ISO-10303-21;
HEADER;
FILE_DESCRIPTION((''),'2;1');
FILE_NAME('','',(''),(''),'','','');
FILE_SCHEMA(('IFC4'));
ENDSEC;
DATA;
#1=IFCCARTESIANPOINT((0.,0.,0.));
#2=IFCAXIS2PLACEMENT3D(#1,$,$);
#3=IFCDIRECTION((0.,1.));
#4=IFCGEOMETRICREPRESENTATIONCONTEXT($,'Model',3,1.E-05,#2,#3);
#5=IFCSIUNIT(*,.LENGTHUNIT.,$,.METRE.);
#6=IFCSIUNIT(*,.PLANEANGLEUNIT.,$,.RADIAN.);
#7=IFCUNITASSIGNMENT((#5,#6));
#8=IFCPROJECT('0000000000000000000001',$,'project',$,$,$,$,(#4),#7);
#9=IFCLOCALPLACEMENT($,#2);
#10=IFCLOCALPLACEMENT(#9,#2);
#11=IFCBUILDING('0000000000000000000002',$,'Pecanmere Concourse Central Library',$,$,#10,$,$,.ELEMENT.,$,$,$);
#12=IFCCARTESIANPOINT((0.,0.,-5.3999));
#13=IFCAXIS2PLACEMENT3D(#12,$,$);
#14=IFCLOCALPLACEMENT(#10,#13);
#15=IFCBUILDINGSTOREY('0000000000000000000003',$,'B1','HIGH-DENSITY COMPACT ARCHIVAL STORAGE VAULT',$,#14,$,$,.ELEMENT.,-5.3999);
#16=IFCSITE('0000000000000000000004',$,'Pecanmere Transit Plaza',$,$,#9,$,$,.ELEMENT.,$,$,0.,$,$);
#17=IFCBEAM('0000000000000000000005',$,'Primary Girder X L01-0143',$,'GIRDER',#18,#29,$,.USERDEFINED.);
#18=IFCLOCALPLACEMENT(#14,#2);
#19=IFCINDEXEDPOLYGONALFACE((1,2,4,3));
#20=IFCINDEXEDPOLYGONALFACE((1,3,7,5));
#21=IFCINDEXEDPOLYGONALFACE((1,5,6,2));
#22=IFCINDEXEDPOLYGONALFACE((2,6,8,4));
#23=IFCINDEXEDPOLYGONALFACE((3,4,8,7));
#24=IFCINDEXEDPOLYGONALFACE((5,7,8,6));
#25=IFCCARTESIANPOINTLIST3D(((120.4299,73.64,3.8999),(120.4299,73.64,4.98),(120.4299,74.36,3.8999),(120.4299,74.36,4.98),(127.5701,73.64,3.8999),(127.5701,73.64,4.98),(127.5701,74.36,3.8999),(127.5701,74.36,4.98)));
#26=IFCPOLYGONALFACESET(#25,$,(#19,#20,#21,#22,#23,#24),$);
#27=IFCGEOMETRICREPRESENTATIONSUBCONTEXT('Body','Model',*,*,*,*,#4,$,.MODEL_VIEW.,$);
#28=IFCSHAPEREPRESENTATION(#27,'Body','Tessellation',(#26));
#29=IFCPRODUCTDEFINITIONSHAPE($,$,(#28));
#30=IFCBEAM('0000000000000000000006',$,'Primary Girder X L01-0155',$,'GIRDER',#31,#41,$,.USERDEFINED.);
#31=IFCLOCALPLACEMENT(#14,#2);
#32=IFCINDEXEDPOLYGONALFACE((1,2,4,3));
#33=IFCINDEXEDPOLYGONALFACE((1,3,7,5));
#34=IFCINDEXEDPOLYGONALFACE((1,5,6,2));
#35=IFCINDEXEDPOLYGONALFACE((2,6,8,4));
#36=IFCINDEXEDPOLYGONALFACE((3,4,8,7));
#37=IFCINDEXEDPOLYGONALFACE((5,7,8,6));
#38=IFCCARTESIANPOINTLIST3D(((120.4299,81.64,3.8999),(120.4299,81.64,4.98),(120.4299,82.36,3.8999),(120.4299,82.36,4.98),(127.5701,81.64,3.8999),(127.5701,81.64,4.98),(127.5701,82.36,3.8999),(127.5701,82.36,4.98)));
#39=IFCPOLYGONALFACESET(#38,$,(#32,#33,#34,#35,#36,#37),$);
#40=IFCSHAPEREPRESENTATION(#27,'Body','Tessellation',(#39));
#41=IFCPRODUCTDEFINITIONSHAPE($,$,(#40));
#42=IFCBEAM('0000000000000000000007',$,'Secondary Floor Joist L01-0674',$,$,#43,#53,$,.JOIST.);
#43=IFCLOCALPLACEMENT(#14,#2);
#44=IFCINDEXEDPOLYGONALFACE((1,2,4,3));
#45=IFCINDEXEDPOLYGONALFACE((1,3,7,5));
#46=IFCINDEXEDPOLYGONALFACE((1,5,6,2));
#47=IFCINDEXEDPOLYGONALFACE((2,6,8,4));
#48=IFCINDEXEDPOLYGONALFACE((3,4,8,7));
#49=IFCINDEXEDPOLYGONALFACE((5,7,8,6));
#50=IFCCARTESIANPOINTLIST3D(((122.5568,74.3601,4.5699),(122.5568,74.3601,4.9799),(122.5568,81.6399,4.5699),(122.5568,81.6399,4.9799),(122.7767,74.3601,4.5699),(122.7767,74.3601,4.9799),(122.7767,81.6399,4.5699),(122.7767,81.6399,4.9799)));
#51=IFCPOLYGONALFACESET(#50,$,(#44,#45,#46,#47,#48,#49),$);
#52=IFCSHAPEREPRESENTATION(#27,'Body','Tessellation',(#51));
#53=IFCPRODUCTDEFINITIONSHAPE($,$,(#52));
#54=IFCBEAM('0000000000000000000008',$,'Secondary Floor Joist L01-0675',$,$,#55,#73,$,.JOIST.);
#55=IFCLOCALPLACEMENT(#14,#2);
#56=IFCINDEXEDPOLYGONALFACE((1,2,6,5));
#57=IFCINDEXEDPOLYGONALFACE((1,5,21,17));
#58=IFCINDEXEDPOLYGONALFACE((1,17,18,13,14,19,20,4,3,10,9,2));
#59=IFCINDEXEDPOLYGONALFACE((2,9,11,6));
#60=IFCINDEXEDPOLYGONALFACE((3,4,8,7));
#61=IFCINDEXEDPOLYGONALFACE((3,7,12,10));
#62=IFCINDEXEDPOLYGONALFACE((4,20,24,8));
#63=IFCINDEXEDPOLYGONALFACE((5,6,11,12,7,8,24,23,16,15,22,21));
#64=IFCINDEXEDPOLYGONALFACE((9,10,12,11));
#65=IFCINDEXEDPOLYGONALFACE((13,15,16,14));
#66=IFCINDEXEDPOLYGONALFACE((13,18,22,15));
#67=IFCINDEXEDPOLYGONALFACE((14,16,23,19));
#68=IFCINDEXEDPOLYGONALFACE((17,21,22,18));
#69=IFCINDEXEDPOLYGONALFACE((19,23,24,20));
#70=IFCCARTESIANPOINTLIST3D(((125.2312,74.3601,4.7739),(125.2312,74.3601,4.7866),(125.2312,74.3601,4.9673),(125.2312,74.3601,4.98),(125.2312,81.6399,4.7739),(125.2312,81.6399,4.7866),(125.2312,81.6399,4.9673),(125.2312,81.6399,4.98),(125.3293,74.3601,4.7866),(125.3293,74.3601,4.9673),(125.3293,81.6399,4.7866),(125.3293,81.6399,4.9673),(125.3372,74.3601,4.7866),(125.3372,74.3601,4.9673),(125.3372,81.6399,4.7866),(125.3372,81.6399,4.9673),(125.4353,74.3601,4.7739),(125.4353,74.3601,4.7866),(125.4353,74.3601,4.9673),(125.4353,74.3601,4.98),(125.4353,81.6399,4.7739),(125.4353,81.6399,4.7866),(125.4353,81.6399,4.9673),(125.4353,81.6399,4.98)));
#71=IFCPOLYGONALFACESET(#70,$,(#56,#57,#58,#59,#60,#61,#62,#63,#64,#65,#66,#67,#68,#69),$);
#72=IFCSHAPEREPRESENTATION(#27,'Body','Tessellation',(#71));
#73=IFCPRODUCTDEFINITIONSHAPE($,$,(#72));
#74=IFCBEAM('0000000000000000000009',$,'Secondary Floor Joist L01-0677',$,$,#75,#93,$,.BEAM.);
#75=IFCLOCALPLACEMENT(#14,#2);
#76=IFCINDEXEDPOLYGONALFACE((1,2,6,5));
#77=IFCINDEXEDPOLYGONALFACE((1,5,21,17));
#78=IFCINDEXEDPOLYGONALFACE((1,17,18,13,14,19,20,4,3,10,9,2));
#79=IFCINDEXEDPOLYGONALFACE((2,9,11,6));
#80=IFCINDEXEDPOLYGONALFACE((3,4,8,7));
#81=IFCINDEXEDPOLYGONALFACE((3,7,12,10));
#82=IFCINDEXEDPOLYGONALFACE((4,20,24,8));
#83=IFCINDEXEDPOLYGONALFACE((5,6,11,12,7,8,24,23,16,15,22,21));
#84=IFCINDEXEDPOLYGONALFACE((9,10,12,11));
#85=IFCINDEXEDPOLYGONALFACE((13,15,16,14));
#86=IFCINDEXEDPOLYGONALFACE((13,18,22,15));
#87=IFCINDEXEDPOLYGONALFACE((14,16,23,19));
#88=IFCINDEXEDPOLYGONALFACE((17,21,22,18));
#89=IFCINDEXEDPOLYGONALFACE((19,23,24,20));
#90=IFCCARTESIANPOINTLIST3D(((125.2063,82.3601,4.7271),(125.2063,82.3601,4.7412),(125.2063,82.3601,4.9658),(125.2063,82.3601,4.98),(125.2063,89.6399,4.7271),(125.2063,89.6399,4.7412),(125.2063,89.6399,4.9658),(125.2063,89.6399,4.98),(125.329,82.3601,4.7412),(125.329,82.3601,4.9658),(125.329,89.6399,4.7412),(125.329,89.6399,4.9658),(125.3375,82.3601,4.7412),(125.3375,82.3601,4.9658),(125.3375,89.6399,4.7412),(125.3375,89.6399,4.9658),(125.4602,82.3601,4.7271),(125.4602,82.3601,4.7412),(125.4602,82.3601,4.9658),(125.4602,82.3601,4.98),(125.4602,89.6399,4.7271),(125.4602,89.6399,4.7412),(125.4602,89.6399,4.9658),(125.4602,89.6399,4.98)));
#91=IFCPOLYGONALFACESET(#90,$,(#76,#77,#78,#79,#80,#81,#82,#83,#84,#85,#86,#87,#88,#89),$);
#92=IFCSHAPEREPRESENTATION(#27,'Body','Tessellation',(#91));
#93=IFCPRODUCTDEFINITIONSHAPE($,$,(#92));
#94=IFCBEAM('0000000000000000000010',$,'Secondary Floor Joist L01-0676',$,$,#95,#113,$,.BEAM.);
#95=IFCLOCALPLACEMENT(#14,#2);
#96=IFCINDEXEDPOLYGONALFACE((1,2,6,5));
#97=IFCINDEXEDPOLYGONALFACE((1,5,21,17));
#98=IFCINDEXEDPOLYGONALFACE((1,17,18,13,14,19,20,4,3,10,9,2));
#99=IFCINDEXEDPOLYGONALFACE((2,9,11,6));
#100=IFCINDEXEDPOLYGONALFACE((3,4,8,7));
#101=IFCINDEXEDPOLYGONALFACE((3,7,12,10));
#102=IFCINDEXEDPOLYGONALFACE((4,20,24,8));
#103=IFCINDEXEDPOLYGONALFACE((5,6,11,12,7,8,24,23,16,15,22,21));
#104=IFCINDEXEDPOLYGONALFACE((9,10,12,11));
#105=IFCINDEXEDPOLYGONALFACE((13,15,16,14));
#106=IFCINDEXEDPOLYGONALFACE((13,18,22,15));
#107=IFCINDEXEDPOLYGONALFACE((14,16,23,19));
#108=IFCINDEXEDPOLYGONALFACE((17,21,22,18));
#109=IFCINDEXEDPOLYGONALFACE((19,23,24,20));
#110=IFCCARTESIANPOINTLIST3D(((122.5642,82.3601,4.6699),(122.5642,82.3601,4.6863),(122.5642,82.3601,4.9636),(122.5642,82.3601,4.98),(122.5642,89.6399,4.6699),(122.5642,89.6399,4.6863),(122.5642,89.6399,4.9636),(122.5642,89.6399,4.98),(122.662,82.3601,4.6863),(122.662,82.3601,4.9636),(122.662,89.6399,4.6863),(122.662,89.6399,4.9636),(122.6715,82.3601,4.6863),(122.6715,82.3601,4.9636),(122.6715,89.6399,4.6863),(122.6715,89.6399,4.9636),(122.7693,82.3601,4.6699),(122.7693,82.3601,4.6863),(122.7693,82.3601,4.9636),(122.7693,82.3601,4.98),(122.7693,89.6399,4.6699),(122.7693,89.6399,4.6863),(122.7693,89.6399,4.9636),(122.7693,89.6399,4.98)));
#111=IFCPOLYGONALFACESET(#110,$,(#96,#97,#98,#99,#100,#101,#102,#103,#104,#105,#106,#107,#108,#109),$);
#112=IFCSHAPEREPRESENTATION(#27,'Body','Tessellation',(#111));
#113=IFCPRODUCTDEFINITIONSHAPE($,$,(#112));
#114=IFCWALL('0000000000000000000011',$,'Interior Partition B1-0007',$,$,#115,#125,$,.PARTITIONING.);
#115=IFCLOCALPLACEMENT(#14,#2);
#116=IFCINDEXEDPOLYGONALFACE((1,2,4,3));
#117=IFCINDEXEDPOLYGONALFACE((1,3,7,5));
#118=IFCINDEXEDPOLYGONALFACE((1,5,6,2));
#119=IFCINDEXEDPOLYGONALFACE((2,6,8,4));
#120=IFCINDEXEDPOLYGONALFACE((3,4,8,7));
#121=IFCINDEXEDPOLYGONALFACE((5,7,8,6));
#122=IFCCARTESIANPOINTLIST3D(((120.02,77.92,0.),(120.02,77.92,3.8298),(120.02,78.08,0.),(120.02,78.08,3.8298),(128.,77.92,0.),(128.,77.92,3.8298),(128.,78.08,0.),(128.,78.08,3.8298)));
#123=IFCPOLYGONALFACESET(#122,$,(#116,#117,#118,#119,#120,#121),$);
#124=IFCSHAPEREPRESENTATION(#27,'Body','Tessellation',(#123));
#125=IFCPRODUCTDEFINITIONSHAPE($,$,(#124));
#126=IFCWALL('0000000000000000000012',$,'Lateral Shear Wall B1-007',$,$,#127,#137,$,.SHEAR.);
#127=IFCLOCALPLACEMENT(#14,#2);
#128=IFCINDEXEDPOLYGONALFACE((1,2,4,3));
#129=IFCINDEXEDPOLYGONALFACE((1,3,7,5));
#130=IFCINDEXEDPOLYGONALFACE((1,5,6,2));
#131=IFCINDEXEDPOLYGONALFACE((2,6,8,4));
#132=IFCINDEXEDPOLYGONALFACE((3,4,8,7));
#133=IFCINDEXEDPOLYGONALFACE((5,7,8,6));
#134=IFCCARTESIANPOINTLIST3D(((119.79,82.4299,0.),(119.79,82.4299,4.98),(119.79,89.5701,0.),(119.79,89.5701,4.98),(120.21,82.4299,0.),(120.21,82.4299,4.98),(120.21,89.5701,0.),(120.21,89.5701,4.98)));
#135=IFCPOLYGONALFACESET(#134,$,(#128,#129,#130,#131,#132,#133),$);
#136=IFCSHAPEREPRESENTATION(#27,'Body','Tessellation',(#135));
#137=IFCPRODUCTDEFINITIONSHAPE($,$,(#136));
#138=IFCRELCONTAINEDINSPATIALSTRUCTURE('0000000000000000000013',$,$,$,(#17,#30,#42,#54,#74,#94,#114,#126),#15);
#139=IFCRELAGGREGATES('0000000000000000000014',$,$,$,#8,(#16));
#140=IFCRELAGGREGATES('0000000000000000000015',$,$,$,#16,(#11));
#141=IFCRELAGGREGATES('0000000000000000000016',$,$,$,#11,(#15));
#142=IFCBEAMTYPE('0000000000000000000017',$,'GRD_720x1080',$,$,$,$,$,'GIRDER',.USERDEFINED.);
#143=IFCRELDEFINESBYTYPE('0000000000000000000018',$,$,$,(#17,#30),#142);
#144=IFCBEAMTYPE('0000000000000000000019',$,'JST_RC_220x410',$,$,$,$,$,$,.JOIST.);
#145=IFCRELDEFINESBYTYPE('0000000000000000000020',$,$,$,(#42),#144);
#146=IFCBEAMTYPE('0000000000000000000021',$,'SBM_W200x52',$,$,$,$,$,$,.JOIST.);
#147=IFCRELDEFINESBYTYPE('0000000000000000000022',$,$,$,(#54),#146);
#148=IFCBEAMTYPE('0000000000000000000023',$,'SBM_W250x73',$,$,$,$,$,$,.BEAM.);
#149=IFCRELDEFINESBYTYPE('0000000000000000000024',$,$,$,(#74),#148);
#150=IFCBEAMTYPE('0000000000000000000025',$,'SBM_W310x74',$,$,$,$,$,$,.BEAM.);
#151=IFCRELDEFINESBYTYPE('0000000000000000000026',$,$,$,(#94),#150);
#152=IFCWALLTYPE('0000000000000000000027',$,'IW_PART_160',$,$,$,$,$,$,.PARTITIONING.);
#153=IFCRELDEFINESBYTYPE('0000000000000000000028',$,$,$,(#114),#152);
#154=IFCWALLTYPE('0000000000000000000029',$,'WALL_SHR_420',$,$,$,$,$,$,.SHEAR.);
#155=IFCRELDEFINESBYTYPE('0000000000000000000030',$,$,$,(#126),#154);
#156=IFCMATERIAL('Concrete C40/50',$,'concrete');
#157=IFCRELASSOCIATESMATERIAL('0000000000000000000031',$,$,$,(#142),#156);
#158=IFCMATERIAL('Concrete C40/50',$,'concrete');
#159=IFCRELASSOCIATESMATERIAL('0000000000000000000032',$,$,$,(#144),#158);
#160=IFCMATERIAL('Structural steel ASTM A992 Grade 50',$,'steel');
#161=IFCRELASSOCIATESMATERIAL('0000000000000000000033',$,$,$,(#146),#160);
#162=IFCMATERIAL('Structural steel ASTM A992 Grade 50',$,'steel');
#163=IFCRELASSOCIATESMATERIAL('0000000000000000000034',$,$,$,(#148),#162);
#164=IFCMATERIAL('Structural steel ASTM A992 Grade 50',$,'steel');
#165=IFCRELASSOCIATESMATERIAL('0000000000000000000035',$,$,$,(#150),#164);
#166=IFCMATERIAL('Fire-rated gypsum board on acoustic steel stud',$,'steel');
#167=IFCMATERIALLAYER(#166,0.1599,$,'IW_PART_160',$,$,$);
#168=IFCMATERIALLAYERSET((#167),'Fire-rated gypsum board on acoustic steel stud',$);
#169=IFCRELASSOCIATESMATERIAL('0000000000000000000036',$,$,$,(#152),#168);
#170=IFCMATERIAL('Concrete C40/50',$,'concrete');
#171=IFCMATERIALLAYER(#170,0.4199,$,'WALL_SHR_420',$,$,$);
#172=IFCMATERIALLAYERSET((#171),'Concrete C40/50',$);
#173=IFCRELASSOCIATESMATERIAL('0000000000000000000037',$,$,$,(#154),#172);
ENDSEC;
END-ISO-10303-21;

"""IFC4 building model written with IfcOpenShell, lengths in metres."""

from ifc_helpers import new_model, si_unit, direction, frame, frame_2d, origin, origin_2d, place, context, subcontext, project, spatial, rectangle, i_section, extrude, material, layer, layer_set, material_profile, profile_set, type_object, element, save


model = new_model("IFC4")

# Units and contexts
model_context = context("Model", 3, precision=1e-05, world=origin(), true_north=direction((0.0, 1.0)))
body_context = subcontext(model_context, "Body", "Model", "MODEL_VIEW")
ifc_project = project(units=[si_unit("LENGTHUNIT", "METRE"), si_unit("PLANEANGLEUNIT", "RADIAN")], contexts=[model_context])

# Site, building, storey
site_placement = place(None, origin())
site = spatial("IfcSite", under=ifc_project, at=site_placement, Name="Pecanmere Transit Plaza", CompositionType="ELEMENT", RefElevation=0.0)
building_placement = place(site_placement, origin())
building = spatial("IfcBuilding", under=site, at=building_placement, Name="Pecanmere Concourse Central Library", CompositionType="ELEMENT")
storey_placement = place(building_placement, frame((0.0, 0.0, -5.3999)))
storey = spatial("IfcBuildingStorey", under=building, at=storey_placement, Name="B1", Description="HIGH-DENSITY COMPACT ARCHIVAL STORAGE VAULT", CompositionType="ELEMENT", Elevation=-5.3999)

# Beams
ifc_material_1 = material(Name="Concrete C40/50", Category="concrete")
ifc_material_profile_1 = material_profile(ifc_material_1, rectangle(XDim=0.72, YDim=1.0801, at=origin_2d()), Name="RC 720x1080")
ifc_profile_set_1 = profile_set([ifc_material_profile_1], Name="Concrete C40/50")
beam_type_1 = type_object("IfcBeamType", Name="GRD_720x1080", ElementType="GIRDER", PredefinedType="USERDEFINED", material=ifc_profile_set_1)
for number, where, z_axis, x_axis, name in (
    (1, (120.4299, 74.0, 4.4399), (1.0, 0.0, 0.0), (0.0, 1.0, 0.0), "Primary Girder X L01-0143"),
    (2, (120.4299, 82.0, 4.4399), (1.0, 0.0, 0.0), (0.0, 1.0, 0.0), "Primary Girder X L01-0155"),
):
    element("IfcBeam", number, at=place(storey_placement, frame(where, z_axis=z_axis, x_axis=x_axis)), inside=storey, type_object=beam_type_1, Name=name, ObjectType="GIRDER", PredefinedType="USERDEFINED", context=body_context, shape_type="SweptSolid", body=[
        extrude(rectangle(XDim=0.72, YDim=1.0801, at=origin_2d()), origin(), (0.0, 0.0, 1.0), 7.1401),
    ])
ifc_material_2 = material(Name="Concrete C40/50", Category="concrete")
ifc_material_profile_2 = material_profile(ifc_material_2, rectangle(XDim=0.22, YDim=0.4099, at=origin_2d()), Name="RC 220x410")
ifc_profile_set_2 = profile_set([ifc_material_profile_2], Name="Concrete C40/50")
beam_type_2 = type_object("IfcBeamType", Name="JST_RC_220x410", PredefinedType="JOIST", material=ifc_profile_set_2)
beam_1_placement = place(storey_placement, frame((122.6667, 74.3601, 4.7749), z_axis=(0.0, 1.0, 0.0), x_axis=(-1.0, 0.0, 0.0)))
element("IfcBeam", 3, at=beam_1_placement, inside=storey, type_object=beam_type_2, Name="Secondary Floor Joist L01-0674", PredefinedType="JOIST", context=body_context, shape_type="SweptSolid", body=[
    extrude(rectangle(XDim=0.22, YDim=0.4099, at=origin_2d()), origin(), (0.0, 0.0, 1.0), 7.2798),
])
ifc_material_3 = material(Name="Structural steel ASTM A992 Grade 50", Category="steel")
ifc_material_profile_3 = material_profile(ifc_material_3, i_section(OverallWidth=0.2041, OverallDepth=0.2061, WebThickness=0.0078, FlangeThickness=0.0127, at=origin_2d()), Name="W200x52")
ifc_profile_set_3 = profile_set([ifc_material_profile_3], Name="Structural steel ASTM A992 Grade 50")
beam_type_3 = type_object("IfcBeamType", Name="SBM_W200x52", PredefinedType="JOIST", material=ifc_profile_set_3)
beam_2_placement = place(storey_placement, frame((125.3333, 74.3601, 4.877), z_axis=(0.0, 1.0, 0.0), x_axis=(-1.0, 0.0, 0.0)))
element("IfcBeam", 4, at=beam_2_placement, inside=storey, type_object=beam_type_3, Name="Secondary Floor Joist L01-0675", PredefinedType="JOIST", context=body_context, shape_type="SweptSolid", body=[
    extrude(i_section(OverallWidth=0.2041, OverallDepth=0.2061, WebThickness=0.0078, FlangeThickness=0.0127, at=origin_2d()), origin(), (0.0, 0.0, 1.0), 7.2798),
])
ifc_material_4 = material(Name="Structural steel ASTM A992 Grade 50", Category="steel")
ifc_material_profile_4 = material_profile(ifc_material_4, i_section(OverallWidth=0.2539, OverallDepth=0.2529, WebThickness=0.0085, FlangeThickness=0.0142, at=origin_2d()), Name="W250x73")
ifc_profile_set_4 = profile_set([ifc_material_profile_4], Name="Structural steel ASTM A992 Grade 50")
beam_type_4 = type_object("IfcBeamType", Name="SBM_W250x73", PredefinedType="BEAM", material=ifc_profile_set_4)
beam_3_placement = place(storey_placement, frame((125.3333, 82.3601, 4.8535), z_axis=(0.0, 1.0, 0.0), x_axis=(-1.0, 0.0, 0.0)))
element("IfcBeam", 5, at=beam_3_placement, inside=storey, type_object=beam_type_4, Name="Secondary Floor Joist L01-0677", PredefinedType="BEAM", context=body_context, shape_type="SweptSolid", body=[
    extrude(i_section(OverallWidth=0.2539, OverallDepth=0.2529, WebThickness=0.0085, FlangeThickness=0.0142, at=origin_2d()), origin(), (0.0, 0.0, 1.0), 7.2798),
])
ifc_material_5 = material(Name="Structural steel ASTM A992 Grade 50", Category="steel")
ifc_material_profile_5 = material_profile(ifc_material_5, i_section(OverallWidth=0.2051, OverallDepth=0.3101, WebThickness=0.0095, FlangeThickness=0.0164, at=origin_2d()), Name="W310x74")
ifc_profile_set_5 = profile_set([ifc_material_profile_5], Name="Structural steel ASTM A992 Grade 50")
beam_type_5 = type_object("IfcBeamType", Name="SBM_W310x74", PredefinedType="BEAM", material=ifc_profile_set_5)
beam_4_placement = place(storey_placement, frame((122.6667, 82.3601, 4.825), z_axis=(0.0, 1.0, 0.0), x_axis=(-1.0, 0.0, 0.0)))
element("IfcBeam", 6, at=beam_4_placement, inside=storey, type_object=beam_type_5, Name="Secondary Floor Joist L01-0676", PredefinedType="BEAM", context=body_context, shape_type="SweptSolid", body=[
    extrude(i_section(OverallWidth=0.2051, OverallDepth=0.3101, WebThickness=0.0095, FlangeThickness=0.0164, at=origin_2d()), origin(), (0.0, 0.0, 1.0), 7.2798),
])

# Walls
ifc_material_6 = material(Name="Fire-rated gypsum board on acoustic steel stud", Category="steel")
ifc_layer_1 = layer(ifc_material_6, 0.1599, Name="IW_PART_160")
ifc_layer_set_1 = layer_set([ifc_layer_1], Name="Fire-rated gypsum board on acoustic steel stud")
wall_type_1 = type_object("IfcWallType", Name="IW_PART_160", PredefinedType="PARTITIONING", material=ifc_layer_set_1)
wall_1_placement = place(storey_placement, frame((120.02, 78.0, 0.0), z_axis=(0.0, 0.0, 1.0), x_axis=(1.0, 0.0, 0.0)))
element("IfcWall", 7, at=wall_1_placement, inside=storey, type_object=wall_type_1, Name="Interior Partition B1-0007", PredefinedType="PARTITIONING", context=body_context, shape_type="SweptSolid", body=[
    extrude(rectangle(XDim=7.98, YDim=0.1599, at=frame_2d((3.99, 0.0))), origin(), (0.0, 0.0, 1.0), 3.8298),
])
ifc_material_7 = material(Name="Concrete C40/50", Category="concrete")
ifc_layer_2 = layer(ifc_material_7, 0.4199, Name="WALL_SHR_420")
ifc_layer_set_2 = layer_set([ifc_layer_2], Name="Concrete C40/50")
wall_type_2 = type_object("IfcWallType", Name="WALL_SHR_420", PredefinedType="SHEAR", material=ifc_layer_set_2)
wall_2_placement = place(storey_placement, frame((120.0, 82.4299, 0.0), z_axis=(0.0, 0.0, 1.0), x_axis=(0.0, 1.0, 0.0)))
element("IfcWall", 8, at=wall_2_placement, inside=storey, type_object=wall_type_2, Name="Lateral Shear Wall B1-007", PredefinedType="SHEAR", context=body_context, shape_type="SweptSolid", body=[
    extrude(rectangle(XDim=7.1401, YDim=0.4199, at=frame_2d((3.5701, 0.0))), origin(), (0.0, 0.0, 1.0), 4.98),
])

save(model, "model.ifc")
